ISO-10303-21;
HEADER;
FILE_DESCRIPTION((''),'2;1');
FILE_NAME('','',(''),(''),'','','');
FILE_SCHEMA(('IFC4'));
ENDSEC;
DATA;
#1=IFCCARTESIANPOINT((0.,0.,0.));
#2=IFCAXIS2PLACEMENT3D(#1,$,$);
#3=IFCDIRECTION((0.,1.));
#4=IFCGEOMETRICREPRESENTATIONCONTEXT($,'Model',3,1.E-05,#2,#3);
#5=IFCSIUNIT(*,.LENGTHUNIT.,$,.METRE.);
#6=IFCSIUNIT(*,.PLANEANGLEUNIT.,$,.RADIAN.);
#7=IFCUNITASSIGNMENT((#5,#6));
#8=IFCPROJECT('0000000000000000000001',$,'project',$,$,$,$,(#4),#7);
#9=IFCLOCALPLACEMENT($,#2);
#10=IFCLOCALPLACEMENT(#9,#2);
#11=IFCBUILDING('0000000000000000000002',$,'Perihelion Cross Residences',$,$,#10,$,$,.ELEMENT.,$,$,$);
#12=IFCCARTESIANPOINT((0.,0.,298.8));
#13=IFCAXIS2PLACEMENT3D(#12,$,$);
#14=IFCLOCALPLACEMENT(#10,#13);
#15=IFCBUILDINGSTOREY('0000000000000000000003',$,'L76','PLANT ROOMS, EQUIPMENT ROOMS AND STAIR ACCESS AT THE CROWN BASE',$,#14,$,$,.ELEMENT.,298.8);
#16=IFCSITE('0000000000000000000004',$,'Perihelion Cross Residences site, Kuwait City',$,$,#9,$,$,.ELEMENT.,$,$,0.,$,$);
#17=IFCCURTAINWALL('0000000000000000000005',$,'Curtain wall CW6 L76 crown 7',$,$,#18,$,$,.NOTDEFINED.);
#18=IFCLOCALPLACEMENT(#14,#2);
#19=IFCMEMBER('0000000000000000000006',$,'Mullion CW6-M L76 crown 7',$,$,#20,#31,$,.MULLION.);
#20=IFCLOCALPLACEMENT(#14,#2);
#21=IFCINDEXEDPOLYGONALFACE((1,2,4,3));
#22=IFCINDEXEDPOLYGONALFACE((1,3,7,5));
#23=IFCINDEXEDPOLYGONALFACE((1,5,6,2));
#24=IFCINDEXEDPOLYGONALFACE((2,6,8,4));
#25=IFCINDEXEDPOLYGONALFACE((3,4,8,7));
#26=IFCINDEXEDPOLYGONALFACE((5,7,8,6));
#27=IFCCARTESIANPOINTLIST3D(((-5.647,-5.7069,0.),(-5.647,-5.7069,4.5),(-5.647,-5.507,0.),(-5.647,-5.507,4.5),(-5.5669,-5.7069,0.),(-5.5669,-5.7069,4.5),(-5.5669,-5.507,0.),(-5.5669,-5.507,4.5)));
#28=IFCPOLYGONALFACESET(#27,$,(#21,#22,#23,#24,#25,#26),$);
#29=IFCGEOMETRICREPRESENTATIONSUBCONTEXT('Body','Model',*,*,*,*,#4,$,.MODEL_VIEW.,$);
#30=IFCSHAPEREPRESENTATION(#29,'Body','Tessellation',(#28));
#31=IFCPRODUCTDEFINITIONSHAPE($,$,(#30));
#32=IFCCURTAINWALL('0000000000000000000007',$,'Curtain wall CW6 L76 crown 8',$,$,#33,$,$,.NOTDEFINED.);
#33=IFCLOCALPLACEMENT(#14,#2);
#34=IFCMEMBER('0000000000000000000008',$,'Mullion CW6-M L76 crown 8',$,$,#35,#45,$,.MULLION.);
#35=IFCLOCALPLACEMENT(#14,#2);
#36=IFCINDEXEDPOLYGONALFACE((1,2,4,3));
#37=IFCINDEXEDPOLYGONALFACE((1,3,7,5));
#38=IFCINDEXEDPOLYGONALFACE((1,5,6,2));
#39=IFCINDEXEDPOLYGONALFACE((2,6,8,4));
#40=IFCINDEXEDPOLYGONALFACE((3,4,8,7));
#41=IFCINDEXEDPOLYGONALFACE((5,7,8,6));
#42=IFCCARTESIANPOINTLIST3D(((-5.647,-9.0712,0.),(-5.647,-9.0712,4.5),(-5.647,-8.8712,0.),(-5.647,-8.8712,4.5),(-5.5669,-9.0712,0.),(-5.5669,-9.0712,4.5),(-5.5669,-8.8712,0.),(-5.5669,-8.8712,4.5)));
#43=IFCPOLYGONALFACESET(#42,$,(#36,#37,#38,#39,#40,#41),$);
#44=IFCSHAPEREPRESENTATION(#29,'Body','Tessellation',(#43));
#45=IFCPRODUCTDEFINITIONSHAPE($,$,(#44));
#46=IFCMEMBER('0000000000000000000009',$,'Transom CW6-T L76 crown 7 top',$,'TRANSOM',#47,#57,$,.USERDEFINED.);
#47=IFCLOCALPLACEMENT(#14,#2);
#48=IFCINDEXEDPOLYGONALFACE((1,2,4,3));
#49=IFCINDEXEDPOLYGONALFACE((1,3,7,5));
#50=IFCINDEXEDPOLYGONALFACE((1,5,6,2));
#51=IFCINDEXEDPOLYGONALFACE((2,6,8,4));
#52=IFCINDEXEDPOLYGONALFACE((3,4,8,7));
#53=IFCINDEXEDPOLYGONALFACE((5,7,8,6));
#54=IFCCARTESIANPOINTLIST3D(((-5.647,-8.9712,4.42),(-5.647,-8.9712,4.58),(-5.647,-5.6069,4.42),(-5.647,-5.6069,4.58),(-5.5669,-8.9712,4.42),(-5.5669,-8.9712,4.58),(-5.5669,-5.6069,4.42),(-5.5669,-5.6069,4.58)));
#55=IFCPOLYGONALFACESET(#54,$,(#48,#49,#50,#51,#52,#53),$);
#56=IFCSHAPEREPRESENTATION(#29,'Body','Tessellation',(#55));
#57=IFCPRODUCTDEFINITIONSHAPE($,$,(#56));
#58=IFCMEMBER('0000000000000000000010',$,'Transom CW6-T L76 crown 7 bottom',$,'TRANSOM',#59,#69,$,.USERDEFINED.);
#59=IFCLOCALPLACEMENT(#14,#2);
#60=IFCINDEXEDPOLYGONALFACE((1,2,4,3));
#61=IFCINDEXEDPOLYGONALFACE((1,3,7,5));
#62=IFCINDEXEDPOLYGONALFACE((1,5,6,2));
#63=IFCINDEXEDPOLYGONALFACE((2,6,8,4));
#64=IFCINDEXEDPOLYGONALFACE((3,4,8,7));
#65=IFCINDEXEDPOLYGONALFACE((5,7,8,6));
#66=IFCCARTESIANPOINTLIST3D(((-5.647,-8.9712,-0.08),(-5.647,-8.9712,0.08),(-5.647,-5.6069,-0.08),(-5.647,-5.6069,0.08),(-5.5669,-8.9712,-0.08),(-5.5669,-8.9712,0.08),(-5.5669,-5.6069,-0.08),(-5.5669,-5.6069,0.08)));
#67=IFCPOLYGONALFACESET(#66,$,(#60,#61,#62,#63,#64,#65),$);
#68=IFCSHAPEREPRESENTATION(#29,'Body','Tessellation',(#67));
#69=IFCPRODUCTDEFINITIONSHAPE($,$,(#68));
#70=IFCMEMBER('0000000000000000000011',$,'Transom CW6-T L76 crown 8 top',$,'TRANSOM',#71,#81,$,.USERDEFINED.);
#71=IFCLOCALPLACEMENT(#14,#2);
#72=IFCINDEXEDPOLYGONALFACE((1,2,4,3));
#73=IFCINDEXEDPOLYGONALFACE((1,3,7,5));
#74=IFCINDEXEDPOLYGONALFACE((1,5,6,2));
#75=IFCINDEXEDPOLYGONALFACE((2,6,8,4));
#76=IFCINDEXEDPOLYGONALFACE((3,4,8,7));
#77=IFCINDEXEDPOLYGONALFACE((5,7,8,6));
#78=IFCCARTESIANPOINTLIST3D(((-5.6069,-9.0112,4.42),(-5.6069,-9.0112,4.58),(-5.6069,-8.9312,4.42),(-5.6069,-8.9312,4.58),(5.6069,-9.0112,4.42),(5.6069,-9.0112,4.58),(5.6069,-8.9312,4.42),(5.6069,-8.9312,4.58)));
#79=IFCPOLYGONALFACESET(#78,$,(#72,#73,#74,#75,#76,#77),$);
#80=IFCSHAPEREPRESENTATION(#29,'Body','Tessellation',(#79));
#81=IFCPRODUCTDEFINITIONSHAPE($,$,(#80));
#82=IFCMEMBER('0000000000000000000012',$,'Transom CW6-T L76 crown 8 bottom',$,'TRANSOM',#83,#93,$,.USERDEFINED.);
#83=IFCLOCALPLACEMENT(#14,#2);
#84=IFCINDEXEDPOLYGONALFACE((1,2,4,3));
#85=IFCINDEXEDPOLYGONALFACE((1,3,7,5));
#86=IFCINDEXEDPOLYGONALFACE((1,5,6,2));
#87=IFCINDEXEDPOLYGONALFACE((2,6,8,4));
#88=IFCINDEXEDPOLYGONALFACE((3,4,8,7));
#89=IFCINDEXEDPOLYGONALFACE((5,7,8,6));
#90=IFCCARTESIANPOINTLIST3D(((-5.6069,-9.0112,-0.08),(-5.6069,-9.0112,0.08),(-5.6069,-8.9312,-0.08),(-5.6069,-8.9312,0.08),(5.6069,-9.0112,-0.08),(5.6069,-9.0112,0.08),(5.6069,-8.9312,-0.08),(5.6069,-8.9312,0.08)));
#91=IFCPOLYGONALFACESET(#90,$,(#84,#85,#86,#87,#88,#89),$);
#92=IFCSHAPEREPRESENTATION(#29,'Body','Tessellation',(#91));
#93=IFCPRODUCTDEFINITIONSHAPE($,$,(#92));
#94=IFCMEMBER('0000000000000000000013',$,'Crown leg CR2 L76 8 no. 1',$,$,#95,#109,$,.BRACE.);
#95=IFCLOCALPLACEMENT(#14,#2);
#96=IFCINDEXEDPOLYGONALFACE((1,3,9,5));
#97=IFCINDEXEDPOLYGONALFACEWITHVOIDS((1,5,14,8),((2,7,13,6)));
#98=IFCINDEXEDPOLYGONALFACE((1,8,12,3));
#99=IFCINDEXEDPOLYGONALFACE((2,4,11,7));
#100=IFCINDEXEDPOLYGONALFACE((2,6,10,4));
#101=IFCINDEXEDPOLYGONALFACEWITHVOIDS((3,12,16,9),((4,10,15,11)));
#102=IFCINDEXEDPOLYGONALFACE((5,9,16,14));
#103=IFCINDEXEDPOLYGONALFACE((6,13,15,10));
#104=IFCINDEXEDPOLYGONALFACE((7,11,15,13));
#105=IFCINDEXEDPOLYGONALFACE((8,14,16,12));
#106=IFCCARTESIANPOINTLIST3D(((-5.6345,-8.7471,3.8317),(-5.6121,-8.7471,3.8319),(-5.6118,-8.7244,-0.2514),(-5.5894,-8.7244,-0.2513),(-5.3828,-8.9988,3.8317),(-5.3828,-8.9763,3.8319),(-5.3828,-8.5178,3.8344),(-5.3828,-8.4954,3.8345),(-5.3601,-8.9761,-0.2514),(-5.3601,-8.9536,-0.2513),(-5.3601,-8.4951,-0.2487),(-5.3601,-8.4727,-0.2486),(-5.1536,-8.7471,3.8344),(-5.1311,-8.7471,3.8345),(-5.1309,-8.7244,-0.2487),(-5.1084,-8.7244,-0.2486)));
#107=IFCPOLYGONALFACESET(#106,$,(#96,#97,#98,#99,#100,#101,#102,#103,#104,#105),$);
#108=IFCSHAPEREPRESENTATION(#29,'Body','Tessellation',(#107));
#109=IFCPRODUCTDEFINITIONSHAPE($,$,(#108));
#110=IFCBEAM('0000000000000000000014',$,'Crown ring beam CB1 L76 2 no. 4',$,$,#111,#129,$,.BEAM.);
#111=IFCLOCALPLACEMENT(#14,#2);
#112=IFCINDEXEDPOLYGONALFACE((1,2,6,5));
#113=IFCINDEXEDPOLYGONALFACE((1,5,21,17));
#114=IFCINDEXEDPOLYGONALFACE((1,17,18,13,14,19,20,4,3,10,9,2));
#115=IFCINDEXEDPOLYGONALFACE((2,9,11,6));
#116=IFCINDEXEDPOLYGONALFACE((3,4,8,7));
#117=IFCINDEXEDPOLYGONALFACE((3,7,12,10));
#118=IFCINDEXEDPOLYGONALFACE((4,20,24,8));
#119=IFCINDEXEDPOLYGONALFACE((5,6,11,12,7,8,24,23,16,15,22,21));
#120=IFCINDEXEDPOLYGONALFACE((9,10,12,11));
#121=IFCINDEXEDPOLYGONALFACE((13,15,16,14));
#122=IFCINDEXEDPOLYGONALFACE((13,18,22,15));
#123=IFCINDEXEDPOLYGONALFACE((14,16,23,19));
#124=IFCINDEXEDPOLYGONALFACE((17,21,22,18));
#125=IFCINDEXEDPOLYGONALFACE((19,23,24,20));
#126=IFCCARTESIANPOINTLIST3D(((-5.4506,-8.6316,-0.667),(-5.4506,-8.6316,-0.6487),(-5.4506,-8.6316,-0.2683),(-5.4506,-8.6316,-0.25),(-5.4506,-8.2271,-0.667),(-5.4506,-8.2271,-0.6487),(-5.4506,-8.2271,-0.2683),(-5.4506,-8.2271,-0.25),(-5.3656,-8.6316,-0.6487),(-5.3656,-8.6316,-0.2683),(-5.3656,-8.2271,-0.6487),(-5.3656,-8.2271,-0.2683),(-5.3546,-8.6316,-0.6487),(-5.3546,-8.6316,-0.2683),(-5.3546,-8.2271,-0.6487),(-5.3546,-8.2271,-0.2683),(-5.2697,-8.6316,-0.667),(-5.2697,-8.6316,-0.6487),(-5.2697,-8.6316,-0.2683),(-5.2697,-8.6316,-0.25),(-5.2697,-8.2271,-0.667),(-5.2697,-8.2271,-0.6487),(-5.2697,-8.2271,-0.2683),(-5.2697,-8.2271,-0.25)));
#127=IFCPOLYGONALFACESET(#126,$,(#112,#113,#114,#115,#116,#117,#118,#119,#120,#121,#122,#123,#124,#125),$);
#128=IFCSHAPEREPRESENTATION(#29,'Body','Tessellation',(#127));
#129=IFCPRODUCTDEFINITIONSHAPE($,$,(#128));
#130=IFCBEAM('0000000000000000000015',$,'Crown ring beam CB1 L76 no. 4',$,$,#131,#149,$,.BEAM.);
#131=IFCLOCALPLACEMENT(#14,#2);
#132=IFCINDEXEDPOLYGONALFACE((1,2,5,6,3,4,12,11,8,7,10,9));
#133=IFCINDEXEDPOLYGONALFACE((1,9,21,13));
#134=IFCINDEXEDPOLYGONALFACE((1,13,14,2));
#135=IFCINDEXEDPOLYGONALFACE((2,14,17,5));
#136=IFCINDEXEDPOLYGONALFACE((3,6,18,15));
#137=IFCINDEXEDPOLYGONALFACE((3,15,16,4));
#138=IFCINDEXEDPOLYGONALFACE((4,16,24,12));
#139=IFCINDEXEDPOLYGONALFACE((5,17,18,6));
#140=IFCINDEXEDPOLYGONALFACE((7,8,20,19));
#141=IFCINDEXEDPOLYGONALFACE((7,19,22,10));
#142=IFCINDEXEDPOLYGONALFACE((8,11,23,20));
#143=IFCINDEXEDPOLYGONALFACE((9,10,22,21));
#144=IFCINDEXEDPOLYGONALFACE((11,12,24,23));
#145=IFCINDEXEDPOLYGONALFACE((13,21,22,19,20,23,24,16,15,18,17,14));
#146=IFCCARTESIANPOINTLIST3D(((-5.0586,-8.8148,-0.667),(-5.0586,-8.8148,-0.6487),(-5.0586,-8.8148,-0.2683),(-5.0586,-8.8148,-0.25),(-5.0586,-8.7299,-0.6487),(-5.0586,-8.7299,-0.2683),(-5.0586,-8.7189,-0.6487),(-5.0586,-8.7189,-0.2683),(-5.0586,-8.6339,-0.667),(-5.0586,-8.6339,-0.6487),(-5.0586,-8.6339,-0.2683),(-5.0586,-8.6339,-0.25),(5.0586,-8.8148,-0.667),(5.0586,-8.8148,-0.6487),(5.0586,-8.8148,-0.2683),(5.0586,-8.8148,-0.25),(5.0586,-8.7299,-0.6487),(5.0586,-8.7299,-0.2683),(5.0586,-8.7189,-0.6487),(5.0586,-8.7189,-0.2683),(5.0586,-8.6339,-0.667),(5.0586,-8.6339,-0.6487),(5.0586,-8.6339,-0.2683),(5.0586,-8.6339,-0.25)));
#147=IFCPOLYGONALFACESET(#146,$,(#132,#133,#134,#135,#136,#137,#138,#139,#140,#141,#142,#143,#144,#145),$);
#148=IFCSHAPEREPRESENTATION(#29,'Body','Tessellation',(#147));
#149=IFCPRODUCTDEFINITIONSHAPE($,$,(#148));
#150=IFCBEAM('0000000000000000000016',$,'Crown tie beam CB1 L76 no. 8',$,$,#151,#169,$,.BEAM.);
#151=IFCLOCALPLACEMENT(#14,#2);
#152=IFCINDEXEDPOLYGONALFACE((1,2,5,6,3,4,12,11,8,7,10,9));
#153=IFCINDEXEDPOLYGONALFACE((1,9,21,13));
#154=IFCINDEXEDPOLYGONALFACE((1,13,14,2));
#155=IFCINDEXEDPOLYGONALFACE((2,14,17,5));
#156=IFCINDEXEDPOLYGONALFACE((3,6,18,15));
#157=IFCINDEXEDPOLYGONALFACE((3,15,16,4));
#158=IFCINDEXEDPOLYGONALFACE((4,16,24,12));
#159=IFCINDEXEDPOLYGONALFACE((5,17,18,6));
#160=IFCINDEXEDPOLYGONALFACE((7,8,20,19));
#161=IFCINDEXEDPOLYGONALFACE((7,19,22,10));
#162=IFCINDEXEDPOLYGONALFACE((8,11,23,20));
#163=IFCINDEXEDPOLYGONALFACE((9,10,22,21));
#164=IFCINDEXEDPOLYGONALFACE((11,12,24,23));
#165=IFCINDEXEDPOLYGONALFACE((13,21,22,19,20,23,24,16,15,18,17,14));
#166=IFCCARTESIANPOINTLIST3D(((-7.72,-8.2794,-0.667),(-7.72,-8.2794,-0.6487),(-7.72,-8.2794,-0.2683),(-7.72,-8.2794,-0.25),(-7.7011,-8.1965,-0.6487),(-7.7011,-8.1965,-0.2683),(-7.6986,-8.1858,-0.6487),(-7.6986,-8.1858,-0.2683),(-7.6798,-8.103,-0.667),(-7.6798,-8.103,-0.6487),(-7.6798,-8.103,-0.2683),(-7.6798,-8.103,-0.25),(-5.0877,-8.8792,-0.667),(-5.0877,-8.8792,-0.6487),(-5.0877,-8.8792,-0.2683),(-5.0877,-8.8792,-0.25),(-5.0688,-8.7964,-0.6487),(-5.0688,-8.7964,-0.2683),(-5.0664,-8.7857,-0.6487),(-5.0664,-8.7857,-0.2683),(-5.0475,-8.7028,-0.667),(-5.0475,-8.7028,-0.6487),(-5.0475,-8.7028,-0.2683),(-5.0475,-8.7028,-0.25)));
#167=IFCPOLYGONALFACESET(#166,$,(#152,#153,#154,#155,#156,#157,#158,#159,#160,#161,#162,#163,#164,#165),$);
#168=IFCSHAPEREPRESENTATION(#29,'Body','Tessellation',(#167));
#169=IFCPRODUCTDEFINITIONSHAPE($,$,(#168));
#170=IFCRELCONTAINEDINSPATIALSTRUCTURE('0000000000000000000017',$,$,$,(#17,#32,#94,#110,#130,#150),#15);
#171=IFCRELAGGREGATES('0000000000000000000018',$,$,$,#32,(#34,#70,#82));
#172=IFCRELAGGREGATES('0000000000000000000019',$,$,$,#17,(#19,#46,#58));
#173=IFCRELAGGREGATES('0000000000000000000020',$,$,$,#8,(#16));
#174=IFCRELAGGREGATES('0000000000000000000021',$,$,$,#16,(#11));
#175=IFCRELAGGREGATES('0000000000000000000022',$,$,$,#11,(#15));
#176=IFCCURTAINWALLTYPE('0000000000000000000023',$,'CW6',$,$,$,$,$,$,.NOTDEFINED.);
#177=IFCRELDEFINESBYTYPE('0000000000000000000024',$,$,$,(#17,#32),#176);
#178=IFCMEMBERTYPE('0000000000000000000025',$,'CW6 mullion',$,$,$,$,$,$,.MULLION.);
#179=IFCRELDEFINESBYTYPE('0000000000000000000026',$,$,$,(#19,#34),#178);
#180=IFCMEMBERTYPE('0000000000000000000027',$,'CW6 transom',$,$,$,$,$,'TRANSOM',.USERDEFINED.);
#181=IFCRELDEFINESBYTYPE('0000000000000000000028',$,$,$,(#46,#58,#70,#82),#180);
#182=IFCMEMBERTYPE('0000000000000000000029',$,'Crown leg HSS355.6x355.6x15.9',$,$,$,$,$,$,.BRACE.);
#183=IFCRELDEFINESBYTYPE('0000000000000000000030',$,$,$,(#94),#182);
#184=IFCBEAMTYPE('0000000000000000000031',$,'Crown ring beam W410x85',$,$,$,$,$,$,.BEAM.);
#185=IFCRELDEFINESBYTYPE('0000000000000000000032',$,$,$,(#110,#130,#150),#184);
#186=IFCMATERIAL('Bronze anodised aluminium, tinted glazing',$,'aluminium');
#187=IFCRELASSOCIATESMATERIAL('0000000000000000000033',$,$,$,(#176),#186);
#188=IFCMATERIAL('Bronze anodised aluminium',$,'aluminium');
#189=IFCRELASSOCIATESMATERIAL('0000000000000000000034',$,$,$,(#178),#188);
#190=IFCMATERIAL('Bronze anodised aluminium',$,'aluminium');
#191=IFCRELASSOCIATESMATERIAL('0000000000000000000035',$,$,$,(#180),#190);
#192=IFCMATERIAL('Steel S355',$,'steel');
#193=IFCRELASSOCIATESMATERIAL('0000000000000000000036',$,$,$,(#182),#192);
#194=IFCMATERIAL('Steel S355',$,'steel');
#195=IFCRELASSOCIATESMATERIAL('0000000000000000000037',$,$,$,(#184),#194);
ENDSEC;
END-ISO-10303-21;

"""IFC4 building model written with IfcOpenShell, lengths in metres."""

from ifc_helpers import new_model, si_unit, direction, frame, origin, origin_2d, place, context, subcontext, project, spatial, rectangle, hollow_rectangle, i_section, extrude, material, material_profile, profile_set, type_object, element, aggregate, save


model = new_model("IFC4")

# Units and contexts
model_context = context("Model", 3, precision=1e-05, world=origin(), true_north=direction((0.0, 1.0)))
body_context = subcontext(model_context, "Body", "Model", "MODEL_VIEW")
ifc_project = project(units=[si_unit("LENGTHUNIT", "METRE"), si_unit("PLANEANGLEUNIT", "RADIAN")], contexts=[model_context])

# Site, building, storey
site_placement = place(None, origin())
site = spatial("IfcSite", under=ifc_project, at=site_placement, Name="Perihelion Cross Residences site, Kuwait City", CompositionType="ELEMENT", RefElevation=0.0)
building_placement = place(site_placement, origin())
building = spatial("IfcBuilding", under=site, at=building_placement, Name="Perihelion Cross Residences", CompositionType="ELEMENT")
storey_placement = place(building_placement, frame((0.0, 0.0, 298.8)))
storey = spatial("IfcBuildingStorey", under=building, at=storey_placement, Name="L76", Description="PLANT ROOMS, EQUIPMENT ROOMS AND STAIR ACCESS AT THE CROWN BASE", CompositionType="ELEMENT", Elevation=298.8)

# Curtain walls, members
ifc_material_1 = material(Name="Bronze anodised aluminium, tinted glazing", Category="aluminium")
curtain_wall_type = type_object("IfcCurtainWallType", Name="CW6", PredefinedType="NOTDEFINED", material=ifc_material_1)
curtain_wall_1_placement = place(storey_placement, origin())
curtain_wall_1 = element("IfcCurtainWall", 1, at=curtain_wall_1_placement, inside=storey, type_object=curtain_wall_type, Name="Curtain wall CW6 L76 crown 7", PredefinedType="NOTDEFINED")
ifc_material_2 = material(Name="Bronze anodised aluminium", Category="aluminium")
ifc_material_profile_1 = material_profile(ifc_material_2, rectangle(XDim=0.0801, YDim=0.2, at=origin_2d()), Name="CW6 mullion")
ifc_profile_set_1 = profile_set([ifc_material_profile_1], Name="Bronze anodised aluminium")
member_type_1 = type_object("IfcMemberType", Name="CW6 mullion", PredefinedType="MULLION", material=ifc_profile_set_1)
member_1_placement = place(storey_placement, frame((-5.6069, -5.6069, 0.0), z_axis=(0.0, 0.0, 1.0), x_axis=(1.0, 0.0, 0.0)))
member_1 = element("IfcMember", 2, at=member_1_placement, type_object=member_type_1, Name="Mullion CW6-M L76 crown 7", PredefinedType="MULLION", context=body_context, shape_type="SweptSolid", body=[
    extrude(rectangle(XDim=0.0801, YDim=0.2, at=origin_2d()), origin(), (0.0, 0.0, 1.0), 4.5),
])
curtain_wall_2_placement = place(storey_placement, origin())
curtain_wall_2 = element("IfcCurtainWall", 3, at=curtain_wall_2_placement, inside=storey, type_object=curtain_wall_type, Name="Curtain wall CW6 L76 crown 8", PredefinedType="NOTDEFINED")
member_2_placement = place(storey_placement, frame((-5.6069, -8.9712, 0.0), z_axis=(0.0, 0.0, 1.0), x_axis=(1.0, 0.0, 0.0)))
member_2 = element("IfcMember", 4, at=member_2_placement, type_object=member_type_1, Name="Mullion CW6-M L76 crown 8", PredefinedType="MULLION", context=body_context, shape_type="SweptSolid", body=[
    extrude(rectangle(XDim=0.0801, YDim=0.2, at=origin_2d()), origin(), (0.0, 0.0, 1.0), 4.5),
])

# Members
ifc_material_3 = material(Name="Bronze anodised aluminium", Category="aluminium")
ifc_material_profile_2 = material_profile(ifc_material_3, rectangle(XDim=0.0801, YDim=0.1599, at=origin_2d()), Name="CW6 transom")
ifc_profile_set_2 = profile_set([ifc_material_profile_2], Name="Bronze anodised aluminium")
member_type_2 = type_object("IfcMemberType", Name="CW6 transom", ElementType="TRANSOM", PredefinedType="USERDEFINED", material=ifc_profile_set_2)
member_3_placement = place(storey_placement, frame((-5.6069, -5.6069, 4.5), z_axis=(0.0, -1.0, 0.0), x_axis=(1.0, 0.0, 0.0)))
member_3 = element("IfcMember", 5, at=member_3_placement, type_object=member_type_2, Name="Transom CW6-T L76 crown 7 top", ObjectType="TRANSOM", PredefinedType="USERDEFINED", context=body_context, shape_type="SweptSolid", body=[
    extrude(rectangle(XDim=0.0801, YDim=0.1599, at=origin_2d()), origin(), (0.0, 0.0, 1.0), 3.3643),
])
member_4_placement = place(storey_placement, frame((-5.6069, -5.6069, 0.0), z_axis=(0.0, -1.0, 0.0), x_axis=(1.0, 0.0, 0.0)))
member_4 = element("IfcMember", 6, at=member_4_placement, type_object=member_type_2, Name="Transom CW6-T L76 crown 7 bottom", ObjectType="TRANSOM", PredefinedType="USERDEFINED", context=body_context, shape_type="SweptSolid", body=[
    extrude(rectangle(XDim=0.0801, YDim=0.1599, at=origin_2d()), origin(), (0.0, 0.0, 1.0), 3.3643),
])
member_5_placement = place(storey_placement, frame((-5.6069, -8.9712, 4.5), z_axis=(1.0, 0.0, 0.0), x_axis=(0.0, 1.0, 0.0)))
member_5 = element("IfcMember", 7, at=member_5_placement, type_object=member_type_2, Name="Transom CW6-T L76 crown 8 top", ObjectType="TRANSOM", PredefinedType="USERDEFINED", context=body_context, shape_type="SweptSolid", body=[
    extrude(rectangle(XDim=0.0801, YDim=0.1599, at=origin_2d()), origin(), (0.0, 0.0, 1.0), 11.2139),
])
member_6_placement = place(storey_placement, frame((-5.6069, -8.9712, 0.0), z_axis=(1.0, 0.0, 0.0), x_axis=(0.0, 1.0, 0.0)))
member_6 = element("IfcMember", 8, at=member_6_placement, type_object=member_type_2, Name="Transom CW6-T L76 crown 8 bottom", ObjectType="TRANSOM", PredefinedType="USERDEFINED", context=body_context, shape_type="SweptSolid", body=[
    extrude(rectangle(XDim=0.0801, YDim=0.1599, at=origin_2d()), origin(), (0.0, 0.0, 1.0), 11.2139),
])
aggregate(curtain_wall_2, [member_2, member_5, member_6])
ifc_material_4 = material(Name="Steel S355", Category="steel")
ifc_material_profile_3 = material_profile(ifc_material_4, hollow_rectangle(XDim=0.356, YDim=0.356, WallThickness=0.0159, at=origin_2d()), Name="HSS355.6x355.6x15.9")
ifc_profile_set_3 = profile_set([ifc_material_profile_3], Name="Steel S355")
member_type_3 = type_object("IfcMemberType", Name="Crown leg HSS355.6x355.6x15.9", PredefinedType="BRACE", material=ifc_profile_set_3)
member_7_placement = place(storey_placement, frame((-5.3601, -8.7244, -0.25), z_axis=(-0.005561, -0.005561, 0.999969), x_axis=(0.707107, -0.707107, 0.0)))
element("IfcMember", 9, at=member_7_placement, inside=storey, type_object=member_type_3, Name="Crown leg CR2 L76 8 no. 1", PredefinedType="BRACE", context=body_context, shape_type="SweptSolid", body=[
    extrude(hollow_rectangle(XDim=0.356, YDim=0.356, WallThickness=0.0159, at=origin_2d()), origin(), (0.0, 0.0, 1.0), 4.0833),
])

# Beams
ifc_material_5 = material(Name="Steel S355", Category="steel")
ifc_material_profile_4 = material_profile(ifc_material_5, i_section(OverallWidth=0.1809, OverallDepth=0.417, WebThickness=0.011, FlangeThickness=0.0183, at=origin_2d()), Name="W410x85")
ifc_profile_set_4 = profile_set([ifc_material_profile_4], Name="Steel S355")
beam_type_1 = type_object("IfcBeamType", Name="Crown ring beam W410x85", PredefinedType="BEAM", material=ifc_profile_set_4)
beam_1_placement = place(storey_placement, frame((-5.3601, -8.2271, -0.4585), z_axis=(0.0, -1.0, 0.0), x_axis=(1.0, 0.0, 0.0)))
element("IfcBeam", 10, at=beam_1_placement, inside=storey, type_object=beam_type_1, Name="Crown ring beam CB1 L76 2 no. 4", PredefinedType="BEAM", context=body_context, shape_type="SweptSolid", body=[
    extrude(i_section(OverallWidth=0.1809, OverallDepth=0.417, WebThickness=0.011, FlangeThickness=0.0183, at=origin_2d()), origin(), (0.0, 0.0, 1.0), 0.4045),
])
beam_2_placement = place(storey_placement, frame((-5.0586, -8.7244, -0.4585), z_axis=(1.0, 0.0, 0.0), x_axis=(0.0, 1.0, 0.0)))
element("IfcBeam", 11, at=beam_2_placement, inside=storey, type_object=beam_type_1, Name="Crown ring beam CB1 L76 no. 4", PredefinedType="BEAM", context=body_context, shape_type="SweptSolid", body=[
    extrude(i_section(OverallWidth=0.1809, OverallDepth=0.417, WebThickness=0.011, FlangeThickness=0.0183, at=origin_2d()), origin(), (0.0, 0.0, 1.0), 10.1172),
])
beam_3_placement = place(storey_placement, frame((-5.0676, -8.791, -0.4585), z_axis=(-0.975005, 0.222184, 0.0), x_axis=(-0.222184, -0.975005, 0.0)))
element("IfcBeam", 12, at=beam_3_placement, inside=storey, type_object=beam_type_1, Name="Crown tie beam CB1 L76 no. 8", PredefinedType="BEAM", context=body_context, shape_type="SweptSolid", body=[
    extrude(i_section(OverallWidth=0.1809, OverallDepth=0.417, WebThickness=0.011, FlangeThickness=0.0183, at=origin_2d()), origin(), (0.0, 0.0, 1.0), 2.6997),
])

aggregate(curtain_wall_1, [member_1, member_3, member_4])

save(model, "model.ifc")
